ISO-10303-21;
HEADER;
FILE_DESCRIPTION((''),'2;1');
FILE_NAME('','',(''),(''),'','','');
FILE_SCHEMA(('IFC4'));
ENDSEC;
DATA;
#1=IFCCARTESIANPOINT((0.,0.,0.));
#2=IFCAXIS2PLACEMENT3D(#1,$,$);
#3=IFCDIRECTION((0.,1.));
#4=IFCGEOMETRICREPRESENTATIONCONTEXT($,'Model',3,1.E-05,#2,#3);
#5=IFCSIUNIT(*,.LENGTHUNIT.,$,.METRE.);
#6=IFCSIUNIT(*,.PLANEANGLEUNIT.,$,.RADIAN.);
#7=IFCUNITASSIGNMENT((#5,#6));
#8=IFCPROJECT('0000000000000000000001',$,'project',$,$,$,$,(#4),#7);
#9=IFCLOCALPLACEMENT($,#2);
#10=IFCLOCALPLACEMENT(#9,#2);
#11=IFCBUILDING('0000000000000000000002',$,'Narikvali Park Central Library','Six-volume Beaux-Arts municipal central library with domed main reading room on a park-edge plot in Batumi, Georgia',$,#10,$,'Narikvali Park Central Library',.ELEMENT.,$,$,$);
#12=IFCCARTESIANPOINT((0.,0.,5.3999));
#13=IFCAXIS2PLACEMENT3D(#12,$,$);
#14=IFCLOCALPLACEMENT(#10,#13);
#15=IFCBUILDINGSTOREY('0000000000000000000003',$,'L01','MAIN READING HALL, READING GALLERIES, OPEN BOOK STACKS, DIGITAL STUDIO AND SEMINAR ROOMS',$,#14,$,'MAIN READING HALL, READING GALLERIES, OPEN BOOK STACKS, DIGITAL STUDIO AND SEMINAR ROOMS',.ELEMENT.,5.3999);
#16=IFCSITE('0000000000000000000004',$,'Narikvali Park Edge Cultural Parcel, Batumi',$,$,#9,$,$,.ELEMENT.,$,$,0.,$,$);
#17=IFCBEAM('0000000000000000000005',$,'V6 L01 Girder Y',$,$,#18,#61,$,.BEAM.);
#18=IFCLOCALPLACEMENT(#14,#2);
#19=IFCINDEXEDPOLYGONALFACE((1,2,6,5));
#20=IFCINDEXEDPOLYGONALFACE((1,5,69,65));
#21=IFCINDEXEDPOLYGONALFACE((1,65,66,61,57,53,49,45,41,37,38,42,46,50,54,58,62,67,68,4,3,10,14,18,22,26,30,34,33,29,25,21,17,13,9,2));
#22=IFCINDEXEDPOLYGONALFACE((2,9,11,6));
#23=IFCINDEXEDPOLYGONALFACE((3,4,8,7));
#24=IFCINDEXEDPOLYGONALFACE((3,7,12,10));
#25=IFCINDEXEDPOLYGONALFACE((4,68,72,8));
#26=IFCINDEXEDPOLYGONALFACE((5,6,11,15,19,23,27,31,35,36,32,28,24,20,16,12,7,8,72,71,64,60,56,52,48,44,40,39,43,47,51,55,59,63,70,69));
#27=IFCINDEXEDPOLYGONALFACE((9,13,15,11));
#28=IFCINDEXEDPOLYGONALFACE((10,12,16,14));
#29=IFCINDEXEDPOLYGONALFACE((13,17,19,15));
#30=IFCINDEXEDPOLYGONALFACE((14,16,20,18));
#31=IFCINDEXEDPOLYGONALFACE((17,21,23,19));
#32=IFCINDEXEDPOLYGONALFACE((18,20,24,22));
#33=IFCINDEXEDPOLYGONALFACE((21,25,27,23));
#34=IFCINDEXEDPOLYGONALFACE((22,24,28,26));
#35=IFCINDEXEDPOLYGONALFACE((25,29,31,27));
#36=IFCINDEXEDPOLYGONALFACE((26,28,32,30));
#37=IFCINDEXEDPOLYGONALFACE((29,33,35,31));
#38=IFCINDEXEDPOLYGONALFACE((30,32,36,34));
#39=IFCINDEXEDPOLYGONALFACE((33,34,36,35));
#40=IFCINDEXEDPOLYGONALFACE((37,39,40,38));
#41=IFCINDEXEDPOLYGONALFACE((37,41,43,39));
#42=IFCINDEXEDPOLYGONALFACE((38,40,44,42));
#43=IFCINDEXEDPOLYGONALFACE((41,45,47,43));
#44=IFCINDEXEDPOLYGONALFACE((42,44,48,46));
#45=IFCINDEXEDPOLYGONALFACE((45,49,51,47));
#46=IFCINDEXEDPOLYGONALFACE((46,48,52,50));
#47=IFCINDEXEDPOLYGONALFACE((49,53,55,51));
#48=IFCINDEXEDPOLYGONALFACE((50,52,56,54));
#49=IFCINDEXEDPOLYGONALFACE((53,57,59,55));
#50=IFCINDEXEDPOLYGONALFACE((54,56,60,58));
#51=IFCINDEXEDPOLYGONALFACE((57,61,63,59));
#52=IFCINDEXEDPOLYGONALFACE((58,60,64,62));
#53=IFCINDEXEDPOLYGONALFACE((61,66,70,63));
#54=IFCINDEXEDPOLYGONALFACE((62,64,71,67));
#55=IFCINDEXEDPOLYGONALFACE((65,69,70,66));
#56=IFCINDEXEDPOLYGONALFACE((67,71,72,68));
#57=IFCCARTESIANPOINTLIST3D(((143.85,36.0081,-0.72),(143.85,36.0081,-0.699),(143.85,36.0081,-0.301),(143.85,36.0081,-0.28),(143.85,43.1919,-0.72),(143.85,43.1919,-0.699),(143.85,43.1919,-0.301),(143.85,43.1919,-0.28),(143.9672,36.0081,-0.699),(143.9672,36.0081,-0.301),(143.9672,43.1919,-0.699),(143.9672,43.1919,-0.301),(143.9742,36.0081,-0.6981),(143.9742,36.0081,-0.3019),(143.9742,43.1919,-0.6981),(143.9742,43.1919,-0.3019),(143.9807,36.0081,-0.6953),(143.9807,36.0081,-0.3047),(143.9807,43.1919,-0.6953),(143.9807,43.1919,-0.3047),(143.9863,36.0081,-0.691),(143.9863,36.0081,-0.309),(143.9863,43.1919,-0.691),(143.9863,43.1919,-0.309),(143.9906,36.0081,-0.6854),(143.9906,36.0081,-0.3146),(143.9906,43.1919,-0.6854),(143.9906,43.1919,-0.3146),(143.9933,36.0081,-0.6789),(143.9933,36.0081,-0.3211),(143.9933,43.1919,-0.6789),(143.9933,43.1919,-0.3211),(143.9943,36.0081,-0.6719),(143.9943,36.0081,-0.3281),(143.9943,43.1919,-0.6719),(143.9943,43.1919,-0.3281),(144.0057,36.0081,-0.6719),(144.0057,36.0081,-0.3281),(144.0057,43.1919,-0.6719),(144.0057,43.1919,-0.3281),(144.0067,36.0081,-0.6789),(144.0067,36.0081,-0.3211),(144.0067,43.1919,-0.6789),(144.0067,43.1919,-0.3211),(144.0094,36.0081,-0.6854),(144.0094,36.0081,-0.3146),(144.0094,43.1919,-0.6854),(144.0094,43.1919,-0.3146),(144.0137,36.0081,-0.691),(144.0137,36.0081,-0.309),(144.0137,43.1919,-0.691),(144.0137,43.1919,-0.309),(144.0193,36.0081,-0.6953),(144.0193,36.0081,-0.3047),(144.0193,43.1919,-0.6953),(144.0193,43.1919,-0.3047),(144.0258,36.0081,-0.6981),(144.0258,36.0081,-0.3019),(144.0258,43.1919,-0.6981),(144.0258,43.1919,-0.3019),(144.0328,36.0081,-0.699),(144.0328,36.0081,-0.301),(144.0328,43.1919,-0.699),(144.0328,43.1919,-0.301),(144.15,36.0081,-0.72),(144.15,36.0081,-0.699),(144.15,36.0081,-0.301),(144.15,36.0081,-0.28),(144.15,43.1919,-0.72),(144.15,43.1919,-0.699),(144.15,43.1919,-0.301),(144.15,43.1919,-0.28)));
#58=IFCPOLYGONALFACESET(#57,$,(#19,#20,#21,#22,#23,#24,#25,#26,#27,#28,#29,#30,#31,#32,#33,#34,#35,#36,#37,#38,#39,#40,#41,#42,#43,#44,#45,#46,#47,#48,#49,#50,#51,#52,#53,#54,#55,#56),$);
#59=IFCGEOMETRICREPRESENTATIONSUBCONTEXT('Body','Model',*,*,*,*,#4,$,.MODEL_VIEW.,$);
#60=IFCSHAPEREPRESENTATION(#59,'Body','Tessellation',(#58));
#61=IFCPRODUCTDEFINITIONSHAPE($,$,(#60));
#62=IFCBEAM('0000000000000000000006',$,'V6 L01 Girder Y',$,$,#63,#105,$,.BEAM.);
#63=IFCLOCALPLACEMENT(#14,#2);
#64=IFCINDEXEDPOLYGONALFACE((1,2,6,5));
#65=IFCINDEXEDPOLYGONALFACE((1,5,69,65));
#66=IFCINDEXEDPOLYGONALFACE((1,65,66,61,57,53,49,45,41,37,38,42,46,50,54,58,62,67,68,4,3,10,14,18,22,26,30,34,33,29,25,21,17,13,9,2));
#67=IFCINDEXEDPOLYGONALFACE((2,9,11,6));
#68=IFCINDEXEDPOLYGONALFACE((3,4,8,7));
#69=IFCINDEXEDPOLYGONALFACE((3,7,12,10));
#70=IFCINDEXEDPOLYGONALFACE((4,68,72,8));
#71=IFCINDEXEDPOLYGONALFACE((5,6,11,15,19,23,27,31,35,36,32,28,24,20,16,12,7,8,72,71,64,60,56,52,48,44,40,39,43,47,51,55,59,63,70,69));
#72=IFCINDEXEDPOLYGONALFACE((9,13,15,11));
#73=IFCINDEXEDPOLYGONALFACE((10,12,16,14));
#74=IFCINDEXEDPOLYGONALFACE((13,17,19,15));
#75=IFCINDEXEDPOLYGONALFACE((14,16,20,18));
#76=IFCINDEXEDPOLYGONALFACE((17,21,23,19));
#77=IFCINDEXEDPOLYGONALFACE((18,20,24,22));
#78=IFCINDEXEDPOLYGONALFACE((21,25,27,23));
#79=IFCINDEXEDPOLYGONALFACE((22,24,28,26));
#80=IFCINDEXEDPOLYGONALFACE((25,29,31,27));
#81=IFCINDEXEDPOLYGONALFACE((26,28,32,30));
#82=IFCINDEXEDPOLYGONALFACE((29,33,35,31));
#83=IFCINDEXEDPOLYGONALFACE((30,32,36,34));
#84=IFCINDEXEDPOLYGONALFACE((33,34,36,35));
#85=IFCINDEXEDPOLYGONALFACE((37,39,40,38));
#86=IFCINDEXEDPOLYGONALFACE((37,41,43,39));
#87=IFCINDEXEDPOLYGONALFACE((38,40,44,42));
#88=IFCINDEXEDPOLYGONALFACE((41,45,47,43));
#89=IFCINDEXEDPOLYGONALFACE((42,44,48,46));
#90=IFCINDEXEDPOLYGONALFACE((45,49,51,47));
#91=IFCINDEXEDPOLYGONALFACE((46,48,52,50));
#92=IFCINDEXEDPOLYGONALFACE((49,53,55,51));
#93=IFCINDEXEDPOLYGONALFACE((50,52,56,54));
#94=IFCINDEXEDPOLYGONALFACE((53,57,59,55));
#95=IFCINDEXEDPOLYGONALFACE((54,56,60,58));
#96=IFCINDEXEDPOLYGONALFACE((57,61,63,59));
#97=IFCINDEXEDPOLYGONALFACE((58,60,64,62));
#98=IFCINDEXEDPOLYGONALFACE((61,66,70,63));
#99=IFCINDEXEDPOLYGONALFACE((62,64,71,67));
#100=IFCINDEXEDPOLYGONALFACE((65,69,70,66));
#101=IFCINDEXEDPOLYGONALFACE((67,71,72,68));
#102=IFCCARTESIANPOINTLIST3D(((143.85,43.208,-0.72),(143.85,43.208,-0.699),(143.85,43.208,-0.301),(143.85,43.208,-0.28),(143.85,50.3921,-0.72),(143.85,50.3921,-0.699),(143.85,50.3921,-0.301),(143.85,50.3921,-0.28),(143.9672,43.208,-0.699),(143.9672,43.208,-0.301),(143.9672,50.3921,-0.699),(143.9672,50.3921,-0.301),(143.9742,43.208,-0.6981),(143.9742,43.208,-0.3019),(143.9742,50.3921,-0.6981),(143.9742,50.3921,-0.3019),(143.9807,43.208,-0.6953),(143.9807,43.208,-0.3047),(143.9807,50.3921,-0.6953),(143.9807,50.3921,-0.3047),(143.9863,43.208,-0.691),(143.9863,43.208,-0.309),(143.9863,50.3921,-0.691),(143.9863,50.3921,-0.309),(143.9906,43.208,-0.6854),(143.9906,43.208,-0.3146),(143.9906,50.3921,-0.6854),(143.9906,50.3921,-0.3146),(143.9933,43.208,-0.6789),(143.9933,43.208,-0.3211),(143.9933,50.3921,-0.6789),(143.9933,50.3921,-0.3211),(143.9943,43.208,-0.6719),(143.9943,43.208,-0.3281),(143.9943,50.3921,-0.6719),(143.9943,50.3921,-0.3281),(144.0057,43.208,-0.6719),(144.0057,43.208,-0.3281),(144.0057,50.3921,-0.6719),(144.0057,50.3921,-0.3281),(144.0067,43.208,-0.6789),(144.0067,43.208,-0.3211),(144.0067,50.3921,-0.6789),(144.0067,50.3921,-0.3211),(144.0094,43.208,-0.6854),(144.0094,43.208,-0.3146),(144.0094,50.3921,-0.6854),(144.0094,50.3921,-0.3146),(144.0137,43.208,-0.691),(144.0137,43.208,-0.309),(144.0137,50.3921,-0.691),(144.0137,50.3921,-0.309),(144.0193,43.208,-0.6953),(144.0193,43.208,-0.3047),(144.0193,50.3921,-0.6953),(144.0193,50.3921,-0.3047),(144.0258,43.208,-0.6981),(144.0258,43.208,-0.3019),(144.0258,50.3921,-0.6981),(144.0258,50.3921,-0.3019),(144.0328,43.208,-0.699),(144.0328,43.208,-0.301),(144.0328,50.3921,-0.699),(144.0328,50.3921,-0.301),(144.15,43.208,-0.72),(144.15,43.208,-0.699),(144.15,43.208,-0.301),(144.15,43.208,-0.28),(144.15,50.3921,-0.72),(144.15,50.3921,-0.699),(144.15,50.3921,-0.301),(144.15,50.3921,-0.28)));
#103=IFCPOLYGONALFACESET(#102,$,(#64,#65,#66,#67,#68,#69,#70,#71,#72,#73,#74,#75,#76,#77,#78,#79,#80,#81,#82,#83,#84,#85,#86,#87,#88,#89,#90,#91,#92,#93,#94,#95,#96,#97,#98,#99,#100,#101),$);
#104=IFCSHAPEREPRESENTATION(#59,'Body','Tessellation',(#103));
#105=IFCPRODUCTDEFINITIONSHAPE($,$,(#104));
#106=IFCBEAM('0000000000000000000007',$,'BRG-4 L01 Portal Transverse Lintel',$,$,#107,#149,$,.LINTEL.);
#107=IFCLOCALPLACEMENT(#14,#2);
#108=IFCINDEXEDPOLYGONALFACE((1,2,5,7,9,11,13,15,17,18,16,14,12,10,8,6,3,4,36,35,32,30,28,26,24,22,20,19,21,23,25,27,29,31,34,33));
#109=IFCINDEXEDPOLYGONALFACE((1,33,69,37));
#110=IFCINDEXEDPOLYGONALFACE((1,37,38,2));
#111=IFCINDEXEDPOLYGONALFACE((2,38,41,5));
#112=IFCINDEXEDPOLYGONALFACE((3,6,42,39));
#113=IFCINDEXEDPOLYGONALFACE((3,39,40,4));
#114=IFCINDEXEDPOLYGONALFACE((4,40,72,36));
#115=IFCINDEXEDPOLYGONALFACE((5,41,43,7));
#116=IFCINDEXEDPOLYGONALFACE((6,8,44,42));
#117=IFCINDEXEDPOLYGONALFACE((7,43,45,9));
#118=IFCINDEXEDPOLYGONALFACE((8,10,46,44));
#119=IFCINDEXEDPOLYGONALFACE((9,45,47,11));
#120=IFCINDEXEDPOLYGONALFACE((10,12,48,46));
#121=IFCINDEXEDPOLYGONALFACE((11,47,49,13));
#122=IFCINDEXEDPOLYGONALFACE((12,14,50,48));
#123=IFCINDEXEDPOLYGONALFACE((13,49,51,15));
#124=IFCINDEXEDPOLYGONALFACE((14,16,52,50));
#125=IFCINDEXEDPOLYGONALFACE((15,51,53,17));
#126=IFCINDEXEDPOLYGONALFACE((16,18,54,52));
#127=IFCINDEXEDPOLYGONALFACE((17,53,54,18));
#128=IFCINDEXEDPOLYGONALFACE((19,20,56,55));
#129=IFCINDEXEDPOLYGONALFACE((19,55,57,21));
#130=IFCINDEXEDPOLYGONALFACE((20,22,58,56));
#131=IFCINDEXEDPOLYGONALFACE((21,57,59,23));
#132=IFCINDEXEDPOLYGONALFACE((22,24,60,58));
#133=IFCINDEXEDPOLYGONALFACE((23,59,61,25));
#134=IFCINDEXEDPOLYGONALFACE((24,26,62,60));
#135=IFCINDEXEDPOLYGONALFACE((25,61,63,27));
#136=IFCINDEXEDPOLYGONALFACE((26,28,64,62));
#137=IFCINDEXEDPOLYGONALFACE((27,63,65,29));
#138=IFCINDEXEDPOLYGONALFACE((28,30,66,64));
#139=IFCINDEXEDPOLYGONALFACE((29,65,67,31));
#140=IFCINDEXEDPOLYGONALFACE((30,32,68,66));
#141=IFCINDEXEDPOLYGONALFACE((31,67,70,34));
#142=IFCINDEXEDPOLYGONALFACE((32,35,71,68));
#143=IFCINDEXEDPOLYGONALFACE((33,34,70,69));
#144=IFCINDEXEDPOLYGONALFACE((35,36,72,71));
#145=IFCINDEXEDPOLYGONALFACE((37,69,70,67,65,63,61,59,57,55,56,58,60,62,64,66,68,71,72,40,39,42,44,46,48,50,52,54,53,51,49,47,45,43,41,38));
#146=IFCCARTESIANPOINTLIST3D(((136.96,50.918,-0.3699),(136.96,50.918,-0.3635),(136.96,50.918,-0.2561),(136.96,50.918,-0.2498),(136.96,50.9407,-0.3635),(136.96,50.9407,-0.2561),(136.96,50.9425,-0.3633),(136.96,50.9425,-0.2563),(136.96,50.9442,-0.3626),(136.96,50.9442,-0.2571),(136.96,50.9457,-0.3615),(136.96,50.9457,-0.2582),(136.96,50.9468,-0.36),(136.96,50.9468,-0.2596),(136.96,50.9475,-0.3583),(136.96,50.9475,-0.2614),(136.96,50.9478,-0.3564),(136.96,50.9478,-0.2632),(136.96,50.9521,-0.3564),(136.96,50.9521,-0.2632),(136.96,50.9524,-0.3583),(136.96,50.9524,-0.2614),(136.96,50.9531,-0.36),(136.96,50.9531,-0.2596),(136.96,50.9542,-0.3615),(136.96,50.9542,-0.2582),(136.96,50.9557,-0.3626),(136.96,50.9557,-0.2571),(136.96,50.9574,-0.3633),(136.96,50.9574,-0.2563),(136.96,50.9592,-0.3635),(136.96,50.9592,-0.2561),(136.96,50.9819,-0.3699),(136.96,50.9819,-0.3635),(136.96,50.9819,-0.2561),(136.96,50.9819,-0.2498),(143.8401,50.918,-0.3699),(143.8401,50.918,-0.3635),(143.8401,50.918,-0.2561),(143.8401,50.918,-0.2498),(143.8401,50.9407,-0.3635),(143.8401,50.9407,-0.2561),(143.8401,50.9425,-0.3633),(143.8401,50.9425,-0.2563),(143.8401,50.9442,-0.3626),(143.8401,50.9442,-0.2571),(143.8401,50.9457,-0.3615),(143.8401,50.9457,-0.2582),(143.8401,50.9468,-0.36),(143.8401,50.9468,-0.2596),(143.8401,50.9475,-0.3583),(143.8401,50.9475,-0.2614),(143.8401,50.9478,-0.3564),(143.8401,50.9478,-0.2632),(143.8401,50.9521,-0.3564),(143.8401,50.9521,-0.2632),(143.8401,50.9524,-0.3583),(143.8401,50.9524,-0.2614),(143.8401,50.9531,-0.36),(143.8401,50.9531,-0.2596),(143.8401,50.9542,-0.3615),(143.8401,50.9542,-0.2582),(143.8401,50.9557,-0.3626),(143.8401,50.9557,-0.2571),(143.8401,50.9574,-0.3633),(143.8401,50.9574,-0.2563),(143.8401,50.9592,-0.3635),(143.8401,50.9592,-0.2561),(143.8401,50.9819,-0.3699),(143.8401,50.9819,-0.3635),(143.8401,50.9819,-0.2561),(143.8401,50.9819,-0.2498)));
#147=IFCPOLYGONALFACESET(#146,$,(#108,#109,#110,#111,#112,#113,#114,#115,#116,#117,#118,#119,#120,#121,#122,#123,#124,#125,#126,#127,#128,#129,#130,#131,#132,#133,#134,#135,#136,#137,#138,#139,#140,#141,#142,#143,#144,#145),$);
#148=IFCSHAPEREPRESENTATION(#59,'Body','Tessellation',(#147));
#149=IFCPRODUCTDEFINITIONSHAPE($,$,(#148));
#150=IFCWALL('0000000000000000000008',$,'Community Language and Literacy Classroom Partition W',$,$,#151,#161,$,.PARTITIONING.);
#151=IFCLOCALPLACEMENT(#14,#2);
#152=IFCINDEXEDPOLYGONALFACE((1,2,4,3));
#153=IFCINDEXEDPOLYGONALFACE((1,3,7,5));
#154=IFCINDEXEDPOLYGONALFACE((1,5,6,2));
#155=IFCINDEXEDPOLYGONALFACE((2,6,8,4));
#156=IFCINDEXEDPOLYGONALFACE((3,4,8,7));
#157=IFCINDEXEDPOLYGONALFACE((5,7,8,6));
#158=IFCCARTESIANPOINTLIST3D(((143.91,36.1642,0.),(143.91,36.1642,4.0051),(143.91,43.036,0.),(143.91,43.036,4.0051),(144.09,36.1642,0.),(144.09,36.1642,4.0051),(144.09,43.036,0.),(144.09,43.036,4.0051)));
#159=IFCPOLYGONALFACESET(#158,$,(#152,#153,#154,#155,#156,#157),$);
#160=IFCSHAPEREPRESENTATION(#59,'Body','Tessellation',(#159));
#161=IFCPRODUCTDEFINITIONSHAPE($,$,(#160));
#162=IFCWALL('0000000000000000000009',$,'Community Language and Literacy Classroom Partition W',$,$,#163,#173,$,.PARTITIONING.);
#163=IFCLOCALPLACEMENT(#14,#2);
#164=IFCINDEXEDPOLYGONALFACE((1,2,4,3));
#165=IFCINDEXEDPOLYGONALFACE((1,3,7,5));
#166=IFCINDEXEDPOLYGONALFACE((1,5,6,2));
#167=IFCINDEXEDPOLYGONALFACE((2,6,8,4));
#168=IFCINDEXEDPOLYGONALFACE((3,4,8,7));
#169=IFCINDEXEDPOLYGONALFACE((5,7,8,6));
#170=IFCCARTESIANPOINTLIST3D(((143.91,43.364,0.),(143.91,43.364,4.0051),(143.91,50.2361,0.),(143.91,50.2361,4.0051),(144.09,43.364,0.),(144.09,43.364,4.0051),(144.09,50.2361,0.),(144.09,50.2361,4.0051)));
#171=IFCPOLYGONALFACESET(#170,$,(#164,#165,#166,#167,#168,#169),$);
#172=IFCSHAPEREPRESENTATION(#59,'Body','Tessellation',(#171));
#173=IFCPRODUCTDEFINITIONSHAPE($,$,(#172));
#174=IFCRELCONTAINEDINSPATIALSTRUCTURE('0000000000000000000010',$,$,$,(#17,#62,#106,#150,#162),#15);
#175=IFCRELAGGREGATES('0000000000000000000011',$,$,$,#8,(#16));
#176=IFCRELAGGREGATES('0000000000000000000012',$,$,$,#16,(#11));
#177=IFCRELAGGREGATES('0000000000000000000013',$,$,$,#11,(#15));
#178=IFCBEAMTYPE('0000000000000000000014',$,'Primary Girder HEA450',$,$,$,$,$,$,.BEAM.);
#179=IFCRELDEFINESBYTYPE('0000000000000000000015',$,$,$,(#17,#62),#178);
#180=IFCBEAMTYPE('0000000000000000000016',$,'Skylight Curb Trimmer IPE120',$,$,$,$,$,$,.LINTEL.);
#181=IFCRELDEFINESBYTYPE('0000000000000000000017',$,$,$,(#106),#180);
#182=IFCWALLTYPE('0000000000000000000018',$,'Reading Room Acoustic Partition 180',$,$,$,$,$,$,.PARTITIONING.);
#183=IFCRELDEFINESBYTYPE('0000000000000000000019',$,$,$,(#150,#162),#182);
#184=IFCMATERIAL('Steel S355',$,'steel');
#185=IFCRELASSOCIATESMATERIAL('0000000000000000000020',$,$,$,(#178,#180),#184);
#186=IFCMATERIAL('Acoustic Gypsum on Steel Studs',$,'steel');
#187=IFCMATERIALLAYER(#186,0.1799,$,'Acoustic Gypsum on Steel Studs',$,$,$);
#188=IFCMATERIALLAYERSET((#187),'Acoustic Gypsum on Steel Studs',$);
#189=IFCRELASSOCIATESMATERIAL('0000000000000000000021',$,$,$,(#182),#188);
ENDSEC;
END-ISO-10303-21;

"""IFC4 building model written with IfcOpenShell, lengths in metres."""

from ifc_helpers import new_model, si_unit, direction, frame, frame_2d, origin, origin_2d, place, context, subcontext, project, spatial, rectangle, i_section, extrude, material, layer, layer_set, material_profile, profile_set, type_object, element, save


model = new_model("IFC4")

# Units and contexts
model_context = context("Model", 3, precision=1e-05, world=origin(), true_north=direction((0.0, 1.0)))
body_context = subcontext(model_context, "Body", "Model", "MODEL_VIEW")
ifc_project = project(units=[si_unit("LENGTHUNIT", "METRE"), si_unit("PLANEANGLEUNIT", "RADIAN")], contexts=[model_context])

# Site, building, storey
site_placement = place(None, origin())
site = spatial("IfcSite", under=ifc_project, at=site_placement, Name="Narikvali Park Edge Cultural Parcel, Batumi", CompositionType="ELEMENT", RefElevation=0.0)
building_placement = place(site_placement, origin())
building = spatial("IfcBuilding", under=site, at=building_placement, Name="Narikvali Park Central Library", Description="Six-volume Beaux-Arts municipal central library with domed main reading room on a park-edge plot in Batumi, Georgia", LongName="Narikvali Park Central Library", CompositionType="ELEMENT")
storey_placement = place(building_placement, frame((0.0, 0.0, 5.3999)))
storey = spatial("IfcBuildingStorey", under=building, at=storey_placement, Name="L01", Description="MAIN READING HALL, READING GALLERIES, OPEN BOOK STACKS, DIGITAL STUDIO AND SEMINAR ROOMS", LongName="MAIN READING HALL, READING GALLERIES, OPEN BOOK STACKS, DIGITAL STUDIO AND SEMINAR ROOMS", CompositionType="ELEMENT", Elevation=5.3999)

# Shared definitions
ifc_material_1 = material(Name="Steel S355", Category="steel")

# Beams
ifc_material_profile_1 = material_profile(ifc_material_1, i_section(OverallWidth=0.3, OverallDepth=0.4399, WebThickness=0.0115, FlangeThickness=0.021, FilletRadius=0.0271, at=origin_2d()), Name="HEA 450")
ifc_profile_set_1 = profile_set([ifc_material_profile_1], Name="Steel S355")
beam_type_1 = type_object("IfcBeamType", Name="Primary Girder HEA450", PredefinedType="BEAM", material=ifc_profile_set_1)
beam_1_placement = place(storey_placement, frame((144.0, 36.0081, -0.5), z_axis=(0.0, 1.0, 0.0), x_axis=(-1.0, 0.0, 0.0)))
element("IfcBeam", 1, at=beam_1_placement, inside=storey, type_object=beam_type_1, Name="V6 L01 Girder Y", PredefinedType="BEAM", context=body_context, shape_type="SweptSolid", body=[
    extrude(i_section(OverallWidth=0.3, OverallDepth=0.4399, WebThickness=0.0115, FlangeThickness=0.021, FilletRadius=0.0271, at=origin_2d()), origin(), (0.0, 0.0, 1.0), 7.1838),
])
beam_2_placement = place(storey_placement, frame((144.0, 43.208, -0.5), z_axis=(0.0, 1.0, 0.0), x_axis=(-1.0, 0.0, 0.0)))
element("IfcBeam", 2, at=beam_2_placement, inside=storey, type_object=beam_type_1, Name="V6 L01 Girder Y", PredefinedType="BEAM", context=body_context, shape_type="SweptSolid", body=[
    extrude(i_section(OverallWidth=0.3, OverallDepth=0.4399, WebThickness=0.0115, FlangeThickness=0.021, FilletRadius=0.0271, at=origin_2d()), origin(), (0.0, 0.0, 1.0), 7.1841),
])
ifc_material_profile_2 = material_profile(ifc_material_1, i_section(OverallWidth=0.064, OverallDepth=0.1201, WebThickness=0.0044, FlangeThickness=0.0063, FilletRadius=0.0071, at=origin_2d()), Name="IPE 120")
ifc_profile_set_2 = profile_set([ifc_material_profile_2], Name="Steel S355")
beam_type_2 = type_object("IfcBeamType", Name="Skylight Curb Trimmer IPE120", PredefinedType="LINTEL", material=ifc_profile_set_2)
beam_3_placement = place(storey_placement, frame((136.96, 50.95, -0.3098), z_axis=(1.0, 0.0, 0.0), x_axis=(0.0, 1.0, 0.0)))
element("IfcBeam", 3, at=beam_3_placement, inside=storey, type_object=beam_type_2, Name="BRG-4 L01 Portal Transverse Lintel", PredefinedType="LINTEL", context=body_context, shape_type="SweptSolid", body=[
    extrude(i_section(OverallWidth=0.064, OverallDepth=0.1201, WebThickness=0.0044, FlangeThickness=0.0063, FilletRadius=0.0071, at=origin_2d()), origin(), (0.0, 0.0, 1.0), 6.8801),
])

# Walls
ifc_material_2 = material(Name="Acoustic Gypsum on Steel Studs", Category="steel")
ifc_layer_1 = layer(ifc_material_2, 0.1799, Name="Acoustic Gypsum on Steel Studs")
ifc_layer_set_1 = layer_set([ifc_layer_1], Name="Acoustic Gypsum on Steel Studs")
wall_type_1 = type_object("IfcWallType", Name="Reading Room Acoustic Partition 180", PredefinedType="PARTITIONING", material=ifc_layer_set_1)
wall_1_placement = place(storey_placement, frame((144.0, 36.1641, 0.0), z_axis=(0.0, 0.0, 1.0), x_axis=(0.0, 1.0, 0.0)))
element("IfcWall", 4, at=wall_1_placement, inside=storey, type_object=wall_type_1, Name="Community Language and Literacy Classroom Partition W", PredefinedType="PARTITIONING", context=body_context, shape_type="SweptSolid", body=[
    extrude(rectangle(XDim=6.8718, YDim=0.1799, at=frame_2d((3.436, 0.0))), origin(), (0.0, 0.0, 1.0), 4.0051),
])
wall_2_placement = place(storey_placement, frame((144.0, 43.364, 0.0), z_axis=(0.0, 0.0, 1.0), x_axis=(0.0, 1.0, 0.0)))
element("IfcWall", 5, at=wall_2_placement, inside=storey, type_object=wall_type_1, Name="Community Language and Literacy Classroom Partition W", PredefinedType="PARTITIONING", context=body_context, shape_type="SweptSolid", body=[
    extrude(rectangle(XDim=6.8721, YDim=0.1799, at=frame_2d((3.436, 0.0))), origin(), (0.0, 0.0, 1.0), 4.0051),
])

save(model, "model.ifc")
